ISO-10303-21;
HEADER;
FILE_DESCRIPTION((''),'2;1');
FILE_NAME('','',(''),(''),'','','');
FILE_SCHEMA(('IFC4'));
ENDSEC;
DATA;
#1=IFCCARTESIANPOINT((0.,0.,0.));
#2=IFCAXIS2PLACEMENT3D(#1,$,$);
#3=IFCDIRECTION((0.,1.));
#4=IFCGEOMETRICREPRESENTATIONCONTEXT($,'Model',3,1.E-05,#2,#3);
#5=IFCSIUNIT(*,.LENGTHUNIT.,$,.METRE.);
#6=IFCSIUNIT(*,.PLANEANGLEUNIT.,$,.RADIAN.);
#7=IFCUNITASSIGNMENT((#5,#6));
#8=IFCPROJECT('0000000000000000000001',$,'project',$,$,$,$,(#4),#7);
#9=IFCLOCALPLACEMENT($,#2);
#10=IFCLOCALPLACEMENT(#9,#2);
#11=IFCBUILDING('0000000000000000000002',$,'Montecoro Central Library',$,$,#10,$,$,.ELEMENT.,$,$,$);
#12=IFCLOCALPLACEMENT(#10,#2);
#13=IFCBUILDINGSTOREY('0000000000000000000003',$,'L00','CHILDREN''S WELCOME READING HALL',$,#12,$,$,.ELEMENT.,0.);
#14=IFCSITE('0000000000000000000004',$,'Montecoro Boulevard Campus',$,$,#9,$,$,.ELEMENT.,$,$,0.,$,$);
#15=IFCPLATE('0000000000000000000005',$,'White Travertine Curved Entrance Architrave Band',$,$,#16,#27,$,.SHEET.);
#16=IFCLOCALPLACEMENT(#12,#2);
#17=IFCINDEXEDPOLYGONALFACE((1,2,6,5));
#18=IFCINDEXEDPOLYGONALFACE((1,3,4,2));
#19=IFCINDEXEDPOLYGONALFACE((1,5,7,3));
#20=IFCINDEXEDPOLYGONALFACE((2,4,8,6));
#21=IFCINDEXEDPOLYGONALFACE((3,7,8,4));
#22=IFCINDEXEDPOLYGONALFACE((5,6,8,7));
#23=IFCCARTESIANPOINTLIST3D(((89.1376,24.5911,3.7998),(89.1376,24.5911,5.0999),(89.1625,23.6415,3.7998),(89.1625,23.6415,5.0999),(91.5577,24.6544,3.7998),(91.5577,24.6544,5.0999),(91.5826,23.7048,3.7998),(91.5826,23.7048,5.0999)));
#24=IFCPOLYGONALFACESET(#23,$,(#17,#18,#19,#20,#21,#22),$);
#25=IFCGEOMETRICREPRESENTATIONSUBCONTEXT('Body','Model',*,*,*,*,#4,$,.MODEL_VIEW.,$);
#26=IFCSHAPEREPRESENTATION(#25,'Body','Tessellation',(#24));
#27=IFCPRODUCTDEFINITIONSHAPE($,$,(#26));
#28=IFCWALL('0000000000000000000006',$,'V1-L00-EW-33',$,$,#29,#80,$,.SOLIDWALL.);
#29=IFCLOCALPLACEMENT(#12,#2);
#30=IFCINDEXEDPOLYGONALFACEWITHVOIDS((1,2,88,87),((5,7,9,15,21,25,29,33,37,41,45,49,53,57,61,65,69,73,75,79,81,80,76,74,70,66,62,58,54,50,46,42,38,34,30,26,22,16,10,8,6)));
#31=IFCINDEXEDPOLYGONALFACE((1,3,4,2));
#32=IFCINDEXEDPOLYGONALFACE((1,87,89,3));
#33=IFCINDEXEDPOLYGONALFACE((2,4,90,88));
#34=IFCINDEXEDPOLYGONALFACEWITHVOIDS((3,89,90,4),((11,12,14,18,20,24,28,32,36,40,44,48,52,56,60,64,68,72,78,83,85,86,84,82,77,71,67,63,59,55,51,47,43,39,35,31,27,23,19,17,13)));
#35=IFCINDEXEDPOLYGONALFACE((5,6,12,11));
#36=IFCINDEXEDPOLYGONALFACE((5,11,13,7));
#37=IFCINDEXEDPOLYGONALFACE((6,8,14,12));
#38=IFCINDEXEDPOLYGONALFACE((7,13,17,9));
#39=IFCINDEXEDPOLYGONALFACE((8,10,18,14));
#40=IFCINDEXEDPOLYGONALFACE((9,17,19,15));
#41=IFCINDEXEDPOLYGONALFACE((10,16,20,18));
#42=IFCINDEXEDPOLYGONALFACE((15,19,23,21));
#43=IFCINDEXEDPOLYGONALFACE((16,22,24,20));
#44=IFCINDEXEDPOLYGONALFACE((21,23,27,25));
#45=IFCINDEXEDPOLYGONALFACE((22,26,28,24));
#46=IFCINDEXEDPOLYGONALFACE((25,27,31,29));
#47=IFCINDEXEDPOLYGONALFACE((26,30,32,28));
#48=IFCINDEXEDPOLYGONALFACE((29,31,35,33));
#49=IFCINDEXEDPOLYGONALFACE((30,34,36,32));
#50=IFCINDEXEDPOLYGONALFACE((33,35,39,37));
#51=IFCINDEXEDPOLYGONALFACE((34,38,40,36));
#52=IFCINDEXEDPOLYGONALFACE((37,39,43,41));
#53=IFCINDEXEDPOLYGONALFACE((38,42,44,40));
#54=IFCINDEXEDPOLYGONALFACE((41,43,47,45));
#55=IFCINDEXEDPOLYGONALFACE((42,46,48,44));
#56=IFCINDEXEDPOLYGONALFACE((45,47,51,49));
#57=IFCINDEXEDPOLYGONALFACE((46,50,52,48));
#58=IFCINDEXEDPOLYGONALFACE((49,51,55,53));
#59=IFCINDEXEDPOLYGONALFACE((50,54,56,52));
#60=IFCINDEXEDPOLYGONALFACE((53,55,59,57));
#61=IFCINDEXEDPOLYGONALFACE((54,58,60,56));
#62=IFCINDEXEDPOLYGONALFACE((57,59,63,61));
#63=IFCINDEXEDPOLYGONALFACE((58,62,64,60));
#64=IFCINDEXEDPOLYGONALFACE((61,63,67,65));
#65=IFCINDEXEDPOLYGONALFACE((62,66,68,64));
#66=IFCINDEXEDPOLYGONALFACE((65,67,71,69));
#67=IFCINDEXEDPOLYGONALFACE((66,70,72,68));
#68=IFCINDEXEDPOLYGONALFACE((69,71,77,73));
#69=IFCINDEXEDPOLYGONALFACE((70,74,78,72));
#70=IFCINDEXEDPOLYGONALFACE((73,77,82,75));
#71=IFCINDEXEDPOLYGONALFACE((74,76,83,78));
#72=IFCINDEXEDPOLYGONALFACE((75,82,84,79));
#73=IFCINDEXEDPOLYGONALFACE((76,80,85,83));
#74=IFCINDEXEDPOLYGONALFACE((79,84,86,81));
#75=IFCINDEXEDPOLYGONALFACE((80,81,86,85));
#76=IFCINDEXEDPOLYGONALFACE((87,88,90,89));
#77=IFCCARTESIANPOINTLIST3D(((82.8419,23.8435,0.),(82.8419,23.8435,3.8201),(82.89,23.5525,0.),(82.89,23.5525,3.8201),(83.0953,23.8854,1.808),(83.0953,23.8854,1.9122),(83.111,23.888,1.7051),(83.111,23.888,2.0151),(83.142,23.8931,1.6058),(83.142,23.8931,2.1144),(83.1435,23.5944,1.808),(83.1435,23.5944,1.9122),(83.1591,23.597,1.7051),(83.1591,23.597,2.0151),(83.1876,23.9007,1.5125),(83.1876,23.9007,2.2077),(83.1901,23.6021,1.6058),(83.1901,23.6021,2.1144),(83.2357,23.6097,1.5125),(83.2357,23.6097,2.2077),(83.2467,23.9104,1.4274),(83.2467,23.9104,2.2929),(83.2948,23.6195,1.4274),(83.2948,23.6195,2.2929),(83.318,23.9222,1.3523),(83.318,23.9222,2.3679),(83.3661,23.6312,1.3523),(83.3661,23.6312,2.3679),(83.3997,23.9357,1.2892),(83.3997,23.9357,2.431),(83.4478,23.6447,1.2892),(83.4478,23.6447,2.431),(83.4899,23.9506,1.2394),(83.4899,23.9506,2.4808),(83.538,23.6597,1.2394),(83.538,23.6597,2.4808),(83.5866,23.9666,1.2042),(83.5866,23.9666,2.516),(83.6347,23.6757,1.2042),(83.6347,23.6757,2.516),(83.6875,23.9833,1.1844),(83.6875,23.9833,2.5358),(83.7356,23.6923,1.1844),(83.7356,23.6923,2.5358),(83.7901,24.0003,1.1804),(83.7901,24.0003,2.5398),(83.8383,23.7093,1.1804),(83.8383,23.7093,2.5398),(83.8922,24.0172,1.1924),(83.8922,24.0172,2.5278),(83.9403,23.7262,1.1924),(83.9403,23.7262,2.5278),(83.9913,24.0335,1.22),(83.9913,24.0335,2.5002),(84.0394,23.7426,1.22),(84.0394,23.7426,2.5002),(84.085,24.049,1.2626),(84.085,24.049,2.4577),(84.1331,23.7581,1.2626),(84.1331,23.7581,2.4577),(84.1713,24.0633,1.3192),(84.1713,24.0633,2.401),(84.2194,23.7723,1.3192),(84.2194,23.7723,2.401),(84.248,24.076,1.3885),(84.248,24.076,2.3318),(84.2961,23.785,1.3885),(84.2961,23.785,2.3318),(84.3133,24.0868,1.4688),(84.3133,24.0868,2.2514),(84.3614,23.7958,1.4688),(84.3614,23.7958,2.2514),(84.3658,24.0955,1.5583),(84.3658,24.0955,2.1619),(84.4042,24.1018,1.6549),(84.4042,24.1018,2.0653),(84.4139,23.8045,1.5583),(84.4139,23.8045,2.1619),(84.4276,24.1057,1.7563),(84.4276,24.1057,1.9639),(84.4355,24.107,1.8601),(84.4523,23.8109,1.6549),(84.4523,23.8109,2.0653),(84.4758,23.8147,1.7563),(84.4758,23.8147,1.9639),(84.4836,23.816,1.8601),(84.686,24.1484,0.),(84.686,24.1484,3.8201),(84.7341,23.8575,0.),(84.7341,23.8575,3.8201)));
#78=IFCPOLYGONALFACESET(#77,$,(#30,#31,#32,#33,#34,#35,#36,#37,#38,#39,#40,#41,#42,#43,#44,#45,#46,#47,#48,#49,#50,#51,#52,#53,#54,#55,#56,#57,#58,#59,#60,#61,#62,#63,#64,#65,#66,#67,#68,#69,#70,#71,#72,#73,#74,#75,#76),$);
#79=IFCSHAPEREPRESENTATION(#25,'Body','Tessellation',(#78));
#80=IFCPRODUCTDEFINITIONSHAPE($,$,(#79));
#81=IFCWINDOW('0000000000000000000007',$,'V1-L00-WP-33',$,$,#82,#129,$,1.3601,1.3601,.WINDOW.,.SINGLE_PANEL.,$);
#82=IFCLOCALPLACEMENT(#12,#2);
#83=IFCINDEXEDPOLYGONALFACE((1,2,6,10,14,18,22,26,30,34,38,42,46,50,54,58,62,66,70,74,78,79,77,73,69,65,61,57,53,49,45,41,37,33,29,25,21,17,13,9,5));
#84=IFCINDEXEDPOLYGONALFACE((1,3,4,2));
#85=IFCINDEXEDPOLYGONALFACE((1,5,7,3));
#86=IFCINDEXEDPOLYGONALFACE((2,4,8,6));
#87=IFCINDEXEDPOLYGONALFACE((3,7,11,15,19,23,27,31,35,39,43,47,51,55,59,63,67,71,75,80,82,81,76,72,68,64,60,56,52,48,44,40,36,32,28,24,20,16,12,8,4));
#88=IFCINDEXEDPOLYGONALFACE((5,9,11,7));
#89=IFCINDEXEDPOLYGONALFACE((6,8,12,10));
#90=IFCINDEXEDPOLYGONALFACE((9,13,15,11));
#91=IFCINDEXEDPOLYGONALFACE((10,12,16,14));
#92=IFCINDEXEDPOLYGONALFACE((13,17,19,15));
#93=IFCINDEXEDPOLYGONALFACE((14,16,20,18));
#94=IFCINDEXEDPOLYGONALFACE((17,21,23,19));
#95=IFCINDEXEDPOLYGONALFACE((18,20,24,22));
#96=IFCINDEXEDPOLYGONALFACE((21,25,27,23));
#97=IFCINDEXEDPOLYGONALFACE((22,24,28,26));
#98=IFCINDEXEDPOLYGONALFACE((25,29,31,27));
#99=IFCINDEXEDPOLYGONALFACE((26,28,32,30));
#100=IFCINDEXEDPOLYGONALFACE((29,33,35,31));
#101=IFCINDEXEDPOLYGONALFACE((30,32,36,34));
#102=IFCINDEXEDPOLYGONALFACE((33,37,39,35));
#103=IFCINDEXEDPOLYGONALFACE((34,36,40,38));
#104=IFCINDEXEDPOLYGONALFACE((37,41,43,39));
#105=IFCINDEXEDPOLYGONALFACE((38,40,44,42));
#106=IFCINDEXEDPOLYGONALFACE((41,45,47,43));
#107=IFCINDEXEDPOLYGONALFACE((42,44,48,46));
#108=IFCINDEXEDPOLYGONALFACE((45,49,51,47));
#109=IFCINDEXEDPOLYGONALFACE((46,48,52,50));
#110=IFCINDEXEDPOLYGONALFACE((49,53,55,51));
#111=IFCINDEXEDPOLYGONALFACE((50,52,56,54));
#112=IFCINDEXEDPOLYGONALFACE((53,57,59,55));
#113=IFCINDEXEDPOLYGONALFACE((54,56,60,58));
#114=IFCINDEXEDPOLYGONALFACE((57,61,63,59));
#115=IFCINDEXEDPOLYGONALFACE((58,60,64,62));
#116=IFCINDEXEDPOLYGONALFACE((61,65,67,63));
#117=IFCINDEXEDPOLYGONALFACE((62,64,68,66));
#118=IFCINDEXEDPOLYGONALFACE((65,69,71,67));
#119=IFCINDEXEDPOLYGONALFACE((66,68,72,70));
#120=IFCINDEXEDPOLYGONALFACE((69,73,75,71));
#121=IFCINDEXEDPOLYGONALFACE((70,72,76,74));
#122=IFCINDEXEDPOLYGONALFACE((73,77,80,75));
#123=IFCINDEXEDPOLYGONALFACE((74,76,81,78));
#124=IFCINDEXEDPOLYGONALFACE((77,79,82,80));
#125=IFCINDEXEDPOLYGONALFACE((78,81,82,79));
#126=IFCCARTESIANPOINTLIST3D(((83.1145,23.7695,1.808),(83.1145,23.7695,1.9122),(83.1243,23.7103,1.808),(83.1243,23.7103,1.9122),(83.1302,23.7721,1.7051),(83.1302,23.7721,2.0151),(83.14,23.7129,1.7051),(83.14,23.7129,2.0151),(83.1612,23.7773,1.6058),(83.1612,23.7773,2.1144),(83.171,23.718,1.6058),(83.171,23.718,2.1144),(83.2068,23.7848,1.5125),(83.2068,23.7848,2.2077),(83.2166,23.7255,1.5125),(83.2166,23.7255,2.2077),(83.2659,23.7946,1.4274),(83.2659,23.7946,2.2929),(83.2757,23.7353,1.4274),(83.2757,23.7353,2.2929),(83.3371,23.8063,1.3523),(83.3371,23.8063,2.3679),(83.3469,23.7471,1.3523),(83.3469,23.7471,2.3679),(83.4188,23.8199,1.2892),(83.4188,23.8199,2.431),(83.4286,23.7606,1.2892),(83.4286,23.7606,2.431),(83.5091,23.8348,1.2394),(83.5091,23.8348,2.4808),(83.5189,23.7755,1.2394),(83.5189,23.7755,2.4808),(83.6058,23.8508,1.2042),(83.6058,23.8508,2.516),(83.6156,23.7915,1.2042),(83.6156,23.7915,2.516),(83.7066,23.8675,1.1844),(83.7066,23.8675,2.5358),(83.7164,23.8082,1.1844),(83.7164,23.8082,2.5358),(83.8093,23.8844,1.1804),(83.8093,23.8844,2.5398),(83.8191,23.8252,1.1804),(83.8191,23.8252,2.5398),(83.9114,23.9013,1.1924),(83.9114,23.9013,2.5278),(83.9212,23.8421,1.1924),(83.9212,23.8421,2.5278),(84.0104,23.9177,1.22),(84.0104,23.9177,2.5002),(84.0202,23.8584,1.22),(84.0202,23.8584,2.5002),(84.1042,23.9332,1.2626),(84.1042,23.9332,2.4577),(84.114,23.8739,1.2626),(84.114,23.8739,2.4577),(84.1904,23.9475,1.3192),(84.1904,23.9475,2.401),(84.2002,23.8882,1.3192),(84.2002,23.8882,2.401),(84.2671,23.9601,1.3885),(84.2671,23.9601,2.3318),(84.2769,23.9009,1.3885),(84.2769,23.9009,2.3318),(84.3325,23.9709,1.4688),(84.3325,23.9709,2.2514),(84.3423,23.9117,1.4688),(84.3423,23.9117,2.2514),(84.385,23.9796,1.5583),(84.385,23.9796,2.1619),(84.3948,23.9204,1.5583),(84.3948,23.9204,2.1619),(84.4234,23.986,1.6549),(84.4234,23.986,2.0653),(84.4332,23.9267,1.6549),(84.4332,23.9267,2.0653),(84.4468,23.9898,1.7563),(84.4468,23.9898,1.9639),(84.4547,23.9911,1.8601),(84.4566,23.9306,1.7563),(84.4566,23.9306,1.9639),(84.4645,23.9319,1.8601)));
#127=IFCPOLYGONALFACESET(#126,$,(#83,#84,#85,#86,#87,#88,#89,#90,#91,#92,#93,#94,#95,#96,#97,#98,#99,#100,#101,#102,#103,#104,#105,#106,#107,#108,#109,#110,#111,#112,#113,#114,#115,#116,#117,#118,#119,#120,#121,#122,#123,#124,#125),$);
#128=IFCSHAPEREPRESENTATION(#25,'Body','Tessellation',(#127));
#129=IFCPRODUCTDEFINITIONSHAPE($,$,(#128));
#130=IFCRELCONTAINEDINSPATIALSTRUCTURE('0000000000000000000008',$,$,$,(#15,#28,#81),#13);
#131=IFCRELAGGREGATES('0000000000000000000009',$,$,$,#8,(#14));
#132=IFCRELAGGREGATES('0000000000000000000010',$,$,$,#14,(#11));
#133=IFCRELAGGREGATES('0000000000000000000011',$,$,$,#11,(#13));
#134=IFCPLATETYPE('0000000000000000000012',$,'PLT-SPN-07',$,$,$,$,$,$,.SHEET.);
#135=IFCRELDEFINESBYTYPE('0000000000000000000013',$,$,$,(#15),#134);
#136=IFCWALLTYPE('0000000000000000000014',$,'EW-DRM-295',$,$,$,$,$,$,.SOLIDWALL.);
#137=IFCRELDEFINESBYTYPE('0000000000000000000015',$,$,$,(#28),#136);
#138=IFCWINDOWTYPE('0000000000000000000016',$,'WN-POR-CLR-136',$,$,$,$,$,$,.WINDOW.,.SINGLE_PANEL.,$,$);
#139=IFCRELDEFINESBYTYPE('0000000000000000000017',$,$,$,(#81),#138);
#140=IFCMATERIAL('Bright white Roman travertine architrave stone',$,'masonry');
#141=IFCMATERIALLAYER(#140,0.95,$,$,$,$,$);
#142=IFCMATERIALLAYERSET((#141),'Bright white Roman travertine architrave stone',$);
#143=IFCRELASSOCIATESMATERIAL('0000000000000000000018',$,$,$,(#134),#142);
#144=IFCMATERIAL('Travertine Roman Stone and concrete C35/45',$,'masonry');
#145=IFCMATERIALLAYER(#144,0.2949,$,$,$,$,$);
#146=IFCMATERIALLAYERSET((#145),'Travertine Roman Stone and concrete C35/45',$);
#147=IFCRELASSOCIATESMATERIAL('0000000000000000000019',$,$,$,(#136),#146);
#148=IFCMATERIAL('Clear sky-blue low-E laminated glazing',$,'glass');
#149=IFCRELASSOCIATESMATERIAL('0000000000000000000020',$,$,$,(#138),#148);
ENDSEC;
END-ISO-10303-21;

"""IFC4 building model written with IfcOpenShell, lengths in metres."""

from ifc_helpers import new_model, si_unit, direction, frame, frame_2d, origin, origin_2d, place, context, subcontext, project, spatial, rectangle, circle, extrude, material, layer, layer_set, type_object, element, fill, save


model = new_model("IFC4")

# Units and contexts
model_context = context("Model", 3, precision=1e-05, world=origin(), true_north=direction((0.0, 1.0)))
body_context = subcontext(model_context, "Body", "Model", "MODEL_VIEW")
ifc_project = project(units=[si_unit("LENGTHUNIT", "METRE"), si_unit("PLANEANGLEUNIT", "RADIAN")], contexts=[model_context])

# Site, building, storey
site_placement = place(None, origin())
site = spatial("IfcSite", under=ifc_project, at=site_placement, Name="Montecoro Boulevard Campus", CompositionType="ELEMENT", RefElevation=0.0)
building_placement = place(site_placement, origin())
building = spatial("IfcBuilding", under=site, at=building_placement, Name="Montecoro Central Library", CompositionType="ELEMENT")
storey_placement = place(building_placement, origin())
storey = spatial("IfcBuildingStorey", under=building, at=storey_placement, Name="L00", Description="CHILDREN'S WELCOME READING HALL", CompositionType="ELEMENT", Elevation=0.0)

# Plate
ifc_material_1 = material(Name="Bright white Roman travertine architrave stone", Category="masonry")
ifc_layer_1 = layer(ifc_material_1, 0.95)
ifc_layer_set_1 = layer_set([ifc_layer_1], Name="Bright white Roman travertine architrave stone")
plate_type = type_object("IfcPlateType", Name="PLT-SPN-07", PredefinedType="SHEET", material=ifc_layer_set_1)
plate_1_placement = place(storey_placement, frame((90.3601, 24.1479, 3.7998), z_axis=(0.0, 0.0, 1.0), x_axis=(0.999657, 0.026177, 0.0)))
element("IfcPlate", 1, at=plate_1_placement, inside=storey, type_object=plate_type, Name="White Travertine Curved Entrance Architrave Band", PredefinedType="SHEET", context=body_context, shape_type="SweptSolid", body=[
    extrude(rectangle(XDim=2.4209, YDim=0.95, at=origin_2d()), origin(), (0.0, 0.0, 1.0), 1.3),
])

# Wall, opening, window
ifc_material_2 = material(Name="Travertine Roman Stone and concrete C35/45", Category="masonry")
ifc_layer_2 = layer(ifc_material_2, 0.2949)
ifc_layer_set_2 = layer_set([ifc_layer_2], Name="Travertine Roman Stone and concrete C35/45")
wall_type_1 = type_object("IfcWallType", Name="EW-DRM-295", PredefinedType="SOLIDWALL", material=ifc_layer_set_2)
wall_1_placement = place(storey_placement, frame((82.866, 23.698, 0.0), z_axis=(0.0, 0.0, 1.0), x_axis=(0.986601, 0.163149, 0.0)))
wall_1 = element("IfcWall", 2, at=wall_1_placement, inside=storey, type_object=wall_type_1, Name="V1-L00-EW-33", PredefinedType="SOLIDWALL", context=body_context, shape_type="SweptSolid", body=[
    extrude(rectangle(XDim=1.8691, YDim=0.2949, at=frame_2d((0.9346, 0.0))), origin(), (0.0, 0.0, 1.0), 3.8201),
])
opening_1_placement = place(wall_1_placement, frame((0.2549, 0.0, 1.1799)))
opening_1 = element("IfcOpeningElement", 3, at=opening_1_placement, cuts=wall_1, PredefinedType="OPENING", context=body_context, shape_type="SweptSolid", body=[
    extrude(circle(Radius=0.6802, at=frame_2d((0.6802, 0.6802))), frame((0.0, 0.1575, 0.0), z_axis=(0.0, -1.0, 0.0), x_axis=(1.0, 0.0, 0.0)), (0.0, 0.0, 1.0), 0.3149),
])
ifc_material_3 = material(Name="Clear sky-blue low-E laminated glazing", Category="glass")
window_type_1 = type_object("IfcWindowType", Name="WN-POR-CLR-136", PartitioningType="SINGLE_PANEL", PredefinedType="WINDOW", material=ifc_material_3)
window_1_placement = place(opening_1_placement, origin())
window_1 = element("IfcWindow", 4, at=window_1_placement, inside=storey, type_object=window_type_1, Name="V1-L00-WP-33", OverallHeight=1.3601, OverallWidth=1.3601, PartitioningType="SINGLE_PANEL", PredefinedType="WINDOW", context=body_context, shape_type="SweptSolid", body=[
    extrude(circle(Radius=0.6802, at=frame_2d((0.6802, 0.6802))), frame((0.0, 0.03, 0.0), z_axis=(0.0, -1.0, 0.0), x_axis=(1.0, 0.0, 0.0)), (0.0, 0.0, 1.0), 0.0601),
])
fill(opening_1, window_1)

save(model, "model.ifc")
